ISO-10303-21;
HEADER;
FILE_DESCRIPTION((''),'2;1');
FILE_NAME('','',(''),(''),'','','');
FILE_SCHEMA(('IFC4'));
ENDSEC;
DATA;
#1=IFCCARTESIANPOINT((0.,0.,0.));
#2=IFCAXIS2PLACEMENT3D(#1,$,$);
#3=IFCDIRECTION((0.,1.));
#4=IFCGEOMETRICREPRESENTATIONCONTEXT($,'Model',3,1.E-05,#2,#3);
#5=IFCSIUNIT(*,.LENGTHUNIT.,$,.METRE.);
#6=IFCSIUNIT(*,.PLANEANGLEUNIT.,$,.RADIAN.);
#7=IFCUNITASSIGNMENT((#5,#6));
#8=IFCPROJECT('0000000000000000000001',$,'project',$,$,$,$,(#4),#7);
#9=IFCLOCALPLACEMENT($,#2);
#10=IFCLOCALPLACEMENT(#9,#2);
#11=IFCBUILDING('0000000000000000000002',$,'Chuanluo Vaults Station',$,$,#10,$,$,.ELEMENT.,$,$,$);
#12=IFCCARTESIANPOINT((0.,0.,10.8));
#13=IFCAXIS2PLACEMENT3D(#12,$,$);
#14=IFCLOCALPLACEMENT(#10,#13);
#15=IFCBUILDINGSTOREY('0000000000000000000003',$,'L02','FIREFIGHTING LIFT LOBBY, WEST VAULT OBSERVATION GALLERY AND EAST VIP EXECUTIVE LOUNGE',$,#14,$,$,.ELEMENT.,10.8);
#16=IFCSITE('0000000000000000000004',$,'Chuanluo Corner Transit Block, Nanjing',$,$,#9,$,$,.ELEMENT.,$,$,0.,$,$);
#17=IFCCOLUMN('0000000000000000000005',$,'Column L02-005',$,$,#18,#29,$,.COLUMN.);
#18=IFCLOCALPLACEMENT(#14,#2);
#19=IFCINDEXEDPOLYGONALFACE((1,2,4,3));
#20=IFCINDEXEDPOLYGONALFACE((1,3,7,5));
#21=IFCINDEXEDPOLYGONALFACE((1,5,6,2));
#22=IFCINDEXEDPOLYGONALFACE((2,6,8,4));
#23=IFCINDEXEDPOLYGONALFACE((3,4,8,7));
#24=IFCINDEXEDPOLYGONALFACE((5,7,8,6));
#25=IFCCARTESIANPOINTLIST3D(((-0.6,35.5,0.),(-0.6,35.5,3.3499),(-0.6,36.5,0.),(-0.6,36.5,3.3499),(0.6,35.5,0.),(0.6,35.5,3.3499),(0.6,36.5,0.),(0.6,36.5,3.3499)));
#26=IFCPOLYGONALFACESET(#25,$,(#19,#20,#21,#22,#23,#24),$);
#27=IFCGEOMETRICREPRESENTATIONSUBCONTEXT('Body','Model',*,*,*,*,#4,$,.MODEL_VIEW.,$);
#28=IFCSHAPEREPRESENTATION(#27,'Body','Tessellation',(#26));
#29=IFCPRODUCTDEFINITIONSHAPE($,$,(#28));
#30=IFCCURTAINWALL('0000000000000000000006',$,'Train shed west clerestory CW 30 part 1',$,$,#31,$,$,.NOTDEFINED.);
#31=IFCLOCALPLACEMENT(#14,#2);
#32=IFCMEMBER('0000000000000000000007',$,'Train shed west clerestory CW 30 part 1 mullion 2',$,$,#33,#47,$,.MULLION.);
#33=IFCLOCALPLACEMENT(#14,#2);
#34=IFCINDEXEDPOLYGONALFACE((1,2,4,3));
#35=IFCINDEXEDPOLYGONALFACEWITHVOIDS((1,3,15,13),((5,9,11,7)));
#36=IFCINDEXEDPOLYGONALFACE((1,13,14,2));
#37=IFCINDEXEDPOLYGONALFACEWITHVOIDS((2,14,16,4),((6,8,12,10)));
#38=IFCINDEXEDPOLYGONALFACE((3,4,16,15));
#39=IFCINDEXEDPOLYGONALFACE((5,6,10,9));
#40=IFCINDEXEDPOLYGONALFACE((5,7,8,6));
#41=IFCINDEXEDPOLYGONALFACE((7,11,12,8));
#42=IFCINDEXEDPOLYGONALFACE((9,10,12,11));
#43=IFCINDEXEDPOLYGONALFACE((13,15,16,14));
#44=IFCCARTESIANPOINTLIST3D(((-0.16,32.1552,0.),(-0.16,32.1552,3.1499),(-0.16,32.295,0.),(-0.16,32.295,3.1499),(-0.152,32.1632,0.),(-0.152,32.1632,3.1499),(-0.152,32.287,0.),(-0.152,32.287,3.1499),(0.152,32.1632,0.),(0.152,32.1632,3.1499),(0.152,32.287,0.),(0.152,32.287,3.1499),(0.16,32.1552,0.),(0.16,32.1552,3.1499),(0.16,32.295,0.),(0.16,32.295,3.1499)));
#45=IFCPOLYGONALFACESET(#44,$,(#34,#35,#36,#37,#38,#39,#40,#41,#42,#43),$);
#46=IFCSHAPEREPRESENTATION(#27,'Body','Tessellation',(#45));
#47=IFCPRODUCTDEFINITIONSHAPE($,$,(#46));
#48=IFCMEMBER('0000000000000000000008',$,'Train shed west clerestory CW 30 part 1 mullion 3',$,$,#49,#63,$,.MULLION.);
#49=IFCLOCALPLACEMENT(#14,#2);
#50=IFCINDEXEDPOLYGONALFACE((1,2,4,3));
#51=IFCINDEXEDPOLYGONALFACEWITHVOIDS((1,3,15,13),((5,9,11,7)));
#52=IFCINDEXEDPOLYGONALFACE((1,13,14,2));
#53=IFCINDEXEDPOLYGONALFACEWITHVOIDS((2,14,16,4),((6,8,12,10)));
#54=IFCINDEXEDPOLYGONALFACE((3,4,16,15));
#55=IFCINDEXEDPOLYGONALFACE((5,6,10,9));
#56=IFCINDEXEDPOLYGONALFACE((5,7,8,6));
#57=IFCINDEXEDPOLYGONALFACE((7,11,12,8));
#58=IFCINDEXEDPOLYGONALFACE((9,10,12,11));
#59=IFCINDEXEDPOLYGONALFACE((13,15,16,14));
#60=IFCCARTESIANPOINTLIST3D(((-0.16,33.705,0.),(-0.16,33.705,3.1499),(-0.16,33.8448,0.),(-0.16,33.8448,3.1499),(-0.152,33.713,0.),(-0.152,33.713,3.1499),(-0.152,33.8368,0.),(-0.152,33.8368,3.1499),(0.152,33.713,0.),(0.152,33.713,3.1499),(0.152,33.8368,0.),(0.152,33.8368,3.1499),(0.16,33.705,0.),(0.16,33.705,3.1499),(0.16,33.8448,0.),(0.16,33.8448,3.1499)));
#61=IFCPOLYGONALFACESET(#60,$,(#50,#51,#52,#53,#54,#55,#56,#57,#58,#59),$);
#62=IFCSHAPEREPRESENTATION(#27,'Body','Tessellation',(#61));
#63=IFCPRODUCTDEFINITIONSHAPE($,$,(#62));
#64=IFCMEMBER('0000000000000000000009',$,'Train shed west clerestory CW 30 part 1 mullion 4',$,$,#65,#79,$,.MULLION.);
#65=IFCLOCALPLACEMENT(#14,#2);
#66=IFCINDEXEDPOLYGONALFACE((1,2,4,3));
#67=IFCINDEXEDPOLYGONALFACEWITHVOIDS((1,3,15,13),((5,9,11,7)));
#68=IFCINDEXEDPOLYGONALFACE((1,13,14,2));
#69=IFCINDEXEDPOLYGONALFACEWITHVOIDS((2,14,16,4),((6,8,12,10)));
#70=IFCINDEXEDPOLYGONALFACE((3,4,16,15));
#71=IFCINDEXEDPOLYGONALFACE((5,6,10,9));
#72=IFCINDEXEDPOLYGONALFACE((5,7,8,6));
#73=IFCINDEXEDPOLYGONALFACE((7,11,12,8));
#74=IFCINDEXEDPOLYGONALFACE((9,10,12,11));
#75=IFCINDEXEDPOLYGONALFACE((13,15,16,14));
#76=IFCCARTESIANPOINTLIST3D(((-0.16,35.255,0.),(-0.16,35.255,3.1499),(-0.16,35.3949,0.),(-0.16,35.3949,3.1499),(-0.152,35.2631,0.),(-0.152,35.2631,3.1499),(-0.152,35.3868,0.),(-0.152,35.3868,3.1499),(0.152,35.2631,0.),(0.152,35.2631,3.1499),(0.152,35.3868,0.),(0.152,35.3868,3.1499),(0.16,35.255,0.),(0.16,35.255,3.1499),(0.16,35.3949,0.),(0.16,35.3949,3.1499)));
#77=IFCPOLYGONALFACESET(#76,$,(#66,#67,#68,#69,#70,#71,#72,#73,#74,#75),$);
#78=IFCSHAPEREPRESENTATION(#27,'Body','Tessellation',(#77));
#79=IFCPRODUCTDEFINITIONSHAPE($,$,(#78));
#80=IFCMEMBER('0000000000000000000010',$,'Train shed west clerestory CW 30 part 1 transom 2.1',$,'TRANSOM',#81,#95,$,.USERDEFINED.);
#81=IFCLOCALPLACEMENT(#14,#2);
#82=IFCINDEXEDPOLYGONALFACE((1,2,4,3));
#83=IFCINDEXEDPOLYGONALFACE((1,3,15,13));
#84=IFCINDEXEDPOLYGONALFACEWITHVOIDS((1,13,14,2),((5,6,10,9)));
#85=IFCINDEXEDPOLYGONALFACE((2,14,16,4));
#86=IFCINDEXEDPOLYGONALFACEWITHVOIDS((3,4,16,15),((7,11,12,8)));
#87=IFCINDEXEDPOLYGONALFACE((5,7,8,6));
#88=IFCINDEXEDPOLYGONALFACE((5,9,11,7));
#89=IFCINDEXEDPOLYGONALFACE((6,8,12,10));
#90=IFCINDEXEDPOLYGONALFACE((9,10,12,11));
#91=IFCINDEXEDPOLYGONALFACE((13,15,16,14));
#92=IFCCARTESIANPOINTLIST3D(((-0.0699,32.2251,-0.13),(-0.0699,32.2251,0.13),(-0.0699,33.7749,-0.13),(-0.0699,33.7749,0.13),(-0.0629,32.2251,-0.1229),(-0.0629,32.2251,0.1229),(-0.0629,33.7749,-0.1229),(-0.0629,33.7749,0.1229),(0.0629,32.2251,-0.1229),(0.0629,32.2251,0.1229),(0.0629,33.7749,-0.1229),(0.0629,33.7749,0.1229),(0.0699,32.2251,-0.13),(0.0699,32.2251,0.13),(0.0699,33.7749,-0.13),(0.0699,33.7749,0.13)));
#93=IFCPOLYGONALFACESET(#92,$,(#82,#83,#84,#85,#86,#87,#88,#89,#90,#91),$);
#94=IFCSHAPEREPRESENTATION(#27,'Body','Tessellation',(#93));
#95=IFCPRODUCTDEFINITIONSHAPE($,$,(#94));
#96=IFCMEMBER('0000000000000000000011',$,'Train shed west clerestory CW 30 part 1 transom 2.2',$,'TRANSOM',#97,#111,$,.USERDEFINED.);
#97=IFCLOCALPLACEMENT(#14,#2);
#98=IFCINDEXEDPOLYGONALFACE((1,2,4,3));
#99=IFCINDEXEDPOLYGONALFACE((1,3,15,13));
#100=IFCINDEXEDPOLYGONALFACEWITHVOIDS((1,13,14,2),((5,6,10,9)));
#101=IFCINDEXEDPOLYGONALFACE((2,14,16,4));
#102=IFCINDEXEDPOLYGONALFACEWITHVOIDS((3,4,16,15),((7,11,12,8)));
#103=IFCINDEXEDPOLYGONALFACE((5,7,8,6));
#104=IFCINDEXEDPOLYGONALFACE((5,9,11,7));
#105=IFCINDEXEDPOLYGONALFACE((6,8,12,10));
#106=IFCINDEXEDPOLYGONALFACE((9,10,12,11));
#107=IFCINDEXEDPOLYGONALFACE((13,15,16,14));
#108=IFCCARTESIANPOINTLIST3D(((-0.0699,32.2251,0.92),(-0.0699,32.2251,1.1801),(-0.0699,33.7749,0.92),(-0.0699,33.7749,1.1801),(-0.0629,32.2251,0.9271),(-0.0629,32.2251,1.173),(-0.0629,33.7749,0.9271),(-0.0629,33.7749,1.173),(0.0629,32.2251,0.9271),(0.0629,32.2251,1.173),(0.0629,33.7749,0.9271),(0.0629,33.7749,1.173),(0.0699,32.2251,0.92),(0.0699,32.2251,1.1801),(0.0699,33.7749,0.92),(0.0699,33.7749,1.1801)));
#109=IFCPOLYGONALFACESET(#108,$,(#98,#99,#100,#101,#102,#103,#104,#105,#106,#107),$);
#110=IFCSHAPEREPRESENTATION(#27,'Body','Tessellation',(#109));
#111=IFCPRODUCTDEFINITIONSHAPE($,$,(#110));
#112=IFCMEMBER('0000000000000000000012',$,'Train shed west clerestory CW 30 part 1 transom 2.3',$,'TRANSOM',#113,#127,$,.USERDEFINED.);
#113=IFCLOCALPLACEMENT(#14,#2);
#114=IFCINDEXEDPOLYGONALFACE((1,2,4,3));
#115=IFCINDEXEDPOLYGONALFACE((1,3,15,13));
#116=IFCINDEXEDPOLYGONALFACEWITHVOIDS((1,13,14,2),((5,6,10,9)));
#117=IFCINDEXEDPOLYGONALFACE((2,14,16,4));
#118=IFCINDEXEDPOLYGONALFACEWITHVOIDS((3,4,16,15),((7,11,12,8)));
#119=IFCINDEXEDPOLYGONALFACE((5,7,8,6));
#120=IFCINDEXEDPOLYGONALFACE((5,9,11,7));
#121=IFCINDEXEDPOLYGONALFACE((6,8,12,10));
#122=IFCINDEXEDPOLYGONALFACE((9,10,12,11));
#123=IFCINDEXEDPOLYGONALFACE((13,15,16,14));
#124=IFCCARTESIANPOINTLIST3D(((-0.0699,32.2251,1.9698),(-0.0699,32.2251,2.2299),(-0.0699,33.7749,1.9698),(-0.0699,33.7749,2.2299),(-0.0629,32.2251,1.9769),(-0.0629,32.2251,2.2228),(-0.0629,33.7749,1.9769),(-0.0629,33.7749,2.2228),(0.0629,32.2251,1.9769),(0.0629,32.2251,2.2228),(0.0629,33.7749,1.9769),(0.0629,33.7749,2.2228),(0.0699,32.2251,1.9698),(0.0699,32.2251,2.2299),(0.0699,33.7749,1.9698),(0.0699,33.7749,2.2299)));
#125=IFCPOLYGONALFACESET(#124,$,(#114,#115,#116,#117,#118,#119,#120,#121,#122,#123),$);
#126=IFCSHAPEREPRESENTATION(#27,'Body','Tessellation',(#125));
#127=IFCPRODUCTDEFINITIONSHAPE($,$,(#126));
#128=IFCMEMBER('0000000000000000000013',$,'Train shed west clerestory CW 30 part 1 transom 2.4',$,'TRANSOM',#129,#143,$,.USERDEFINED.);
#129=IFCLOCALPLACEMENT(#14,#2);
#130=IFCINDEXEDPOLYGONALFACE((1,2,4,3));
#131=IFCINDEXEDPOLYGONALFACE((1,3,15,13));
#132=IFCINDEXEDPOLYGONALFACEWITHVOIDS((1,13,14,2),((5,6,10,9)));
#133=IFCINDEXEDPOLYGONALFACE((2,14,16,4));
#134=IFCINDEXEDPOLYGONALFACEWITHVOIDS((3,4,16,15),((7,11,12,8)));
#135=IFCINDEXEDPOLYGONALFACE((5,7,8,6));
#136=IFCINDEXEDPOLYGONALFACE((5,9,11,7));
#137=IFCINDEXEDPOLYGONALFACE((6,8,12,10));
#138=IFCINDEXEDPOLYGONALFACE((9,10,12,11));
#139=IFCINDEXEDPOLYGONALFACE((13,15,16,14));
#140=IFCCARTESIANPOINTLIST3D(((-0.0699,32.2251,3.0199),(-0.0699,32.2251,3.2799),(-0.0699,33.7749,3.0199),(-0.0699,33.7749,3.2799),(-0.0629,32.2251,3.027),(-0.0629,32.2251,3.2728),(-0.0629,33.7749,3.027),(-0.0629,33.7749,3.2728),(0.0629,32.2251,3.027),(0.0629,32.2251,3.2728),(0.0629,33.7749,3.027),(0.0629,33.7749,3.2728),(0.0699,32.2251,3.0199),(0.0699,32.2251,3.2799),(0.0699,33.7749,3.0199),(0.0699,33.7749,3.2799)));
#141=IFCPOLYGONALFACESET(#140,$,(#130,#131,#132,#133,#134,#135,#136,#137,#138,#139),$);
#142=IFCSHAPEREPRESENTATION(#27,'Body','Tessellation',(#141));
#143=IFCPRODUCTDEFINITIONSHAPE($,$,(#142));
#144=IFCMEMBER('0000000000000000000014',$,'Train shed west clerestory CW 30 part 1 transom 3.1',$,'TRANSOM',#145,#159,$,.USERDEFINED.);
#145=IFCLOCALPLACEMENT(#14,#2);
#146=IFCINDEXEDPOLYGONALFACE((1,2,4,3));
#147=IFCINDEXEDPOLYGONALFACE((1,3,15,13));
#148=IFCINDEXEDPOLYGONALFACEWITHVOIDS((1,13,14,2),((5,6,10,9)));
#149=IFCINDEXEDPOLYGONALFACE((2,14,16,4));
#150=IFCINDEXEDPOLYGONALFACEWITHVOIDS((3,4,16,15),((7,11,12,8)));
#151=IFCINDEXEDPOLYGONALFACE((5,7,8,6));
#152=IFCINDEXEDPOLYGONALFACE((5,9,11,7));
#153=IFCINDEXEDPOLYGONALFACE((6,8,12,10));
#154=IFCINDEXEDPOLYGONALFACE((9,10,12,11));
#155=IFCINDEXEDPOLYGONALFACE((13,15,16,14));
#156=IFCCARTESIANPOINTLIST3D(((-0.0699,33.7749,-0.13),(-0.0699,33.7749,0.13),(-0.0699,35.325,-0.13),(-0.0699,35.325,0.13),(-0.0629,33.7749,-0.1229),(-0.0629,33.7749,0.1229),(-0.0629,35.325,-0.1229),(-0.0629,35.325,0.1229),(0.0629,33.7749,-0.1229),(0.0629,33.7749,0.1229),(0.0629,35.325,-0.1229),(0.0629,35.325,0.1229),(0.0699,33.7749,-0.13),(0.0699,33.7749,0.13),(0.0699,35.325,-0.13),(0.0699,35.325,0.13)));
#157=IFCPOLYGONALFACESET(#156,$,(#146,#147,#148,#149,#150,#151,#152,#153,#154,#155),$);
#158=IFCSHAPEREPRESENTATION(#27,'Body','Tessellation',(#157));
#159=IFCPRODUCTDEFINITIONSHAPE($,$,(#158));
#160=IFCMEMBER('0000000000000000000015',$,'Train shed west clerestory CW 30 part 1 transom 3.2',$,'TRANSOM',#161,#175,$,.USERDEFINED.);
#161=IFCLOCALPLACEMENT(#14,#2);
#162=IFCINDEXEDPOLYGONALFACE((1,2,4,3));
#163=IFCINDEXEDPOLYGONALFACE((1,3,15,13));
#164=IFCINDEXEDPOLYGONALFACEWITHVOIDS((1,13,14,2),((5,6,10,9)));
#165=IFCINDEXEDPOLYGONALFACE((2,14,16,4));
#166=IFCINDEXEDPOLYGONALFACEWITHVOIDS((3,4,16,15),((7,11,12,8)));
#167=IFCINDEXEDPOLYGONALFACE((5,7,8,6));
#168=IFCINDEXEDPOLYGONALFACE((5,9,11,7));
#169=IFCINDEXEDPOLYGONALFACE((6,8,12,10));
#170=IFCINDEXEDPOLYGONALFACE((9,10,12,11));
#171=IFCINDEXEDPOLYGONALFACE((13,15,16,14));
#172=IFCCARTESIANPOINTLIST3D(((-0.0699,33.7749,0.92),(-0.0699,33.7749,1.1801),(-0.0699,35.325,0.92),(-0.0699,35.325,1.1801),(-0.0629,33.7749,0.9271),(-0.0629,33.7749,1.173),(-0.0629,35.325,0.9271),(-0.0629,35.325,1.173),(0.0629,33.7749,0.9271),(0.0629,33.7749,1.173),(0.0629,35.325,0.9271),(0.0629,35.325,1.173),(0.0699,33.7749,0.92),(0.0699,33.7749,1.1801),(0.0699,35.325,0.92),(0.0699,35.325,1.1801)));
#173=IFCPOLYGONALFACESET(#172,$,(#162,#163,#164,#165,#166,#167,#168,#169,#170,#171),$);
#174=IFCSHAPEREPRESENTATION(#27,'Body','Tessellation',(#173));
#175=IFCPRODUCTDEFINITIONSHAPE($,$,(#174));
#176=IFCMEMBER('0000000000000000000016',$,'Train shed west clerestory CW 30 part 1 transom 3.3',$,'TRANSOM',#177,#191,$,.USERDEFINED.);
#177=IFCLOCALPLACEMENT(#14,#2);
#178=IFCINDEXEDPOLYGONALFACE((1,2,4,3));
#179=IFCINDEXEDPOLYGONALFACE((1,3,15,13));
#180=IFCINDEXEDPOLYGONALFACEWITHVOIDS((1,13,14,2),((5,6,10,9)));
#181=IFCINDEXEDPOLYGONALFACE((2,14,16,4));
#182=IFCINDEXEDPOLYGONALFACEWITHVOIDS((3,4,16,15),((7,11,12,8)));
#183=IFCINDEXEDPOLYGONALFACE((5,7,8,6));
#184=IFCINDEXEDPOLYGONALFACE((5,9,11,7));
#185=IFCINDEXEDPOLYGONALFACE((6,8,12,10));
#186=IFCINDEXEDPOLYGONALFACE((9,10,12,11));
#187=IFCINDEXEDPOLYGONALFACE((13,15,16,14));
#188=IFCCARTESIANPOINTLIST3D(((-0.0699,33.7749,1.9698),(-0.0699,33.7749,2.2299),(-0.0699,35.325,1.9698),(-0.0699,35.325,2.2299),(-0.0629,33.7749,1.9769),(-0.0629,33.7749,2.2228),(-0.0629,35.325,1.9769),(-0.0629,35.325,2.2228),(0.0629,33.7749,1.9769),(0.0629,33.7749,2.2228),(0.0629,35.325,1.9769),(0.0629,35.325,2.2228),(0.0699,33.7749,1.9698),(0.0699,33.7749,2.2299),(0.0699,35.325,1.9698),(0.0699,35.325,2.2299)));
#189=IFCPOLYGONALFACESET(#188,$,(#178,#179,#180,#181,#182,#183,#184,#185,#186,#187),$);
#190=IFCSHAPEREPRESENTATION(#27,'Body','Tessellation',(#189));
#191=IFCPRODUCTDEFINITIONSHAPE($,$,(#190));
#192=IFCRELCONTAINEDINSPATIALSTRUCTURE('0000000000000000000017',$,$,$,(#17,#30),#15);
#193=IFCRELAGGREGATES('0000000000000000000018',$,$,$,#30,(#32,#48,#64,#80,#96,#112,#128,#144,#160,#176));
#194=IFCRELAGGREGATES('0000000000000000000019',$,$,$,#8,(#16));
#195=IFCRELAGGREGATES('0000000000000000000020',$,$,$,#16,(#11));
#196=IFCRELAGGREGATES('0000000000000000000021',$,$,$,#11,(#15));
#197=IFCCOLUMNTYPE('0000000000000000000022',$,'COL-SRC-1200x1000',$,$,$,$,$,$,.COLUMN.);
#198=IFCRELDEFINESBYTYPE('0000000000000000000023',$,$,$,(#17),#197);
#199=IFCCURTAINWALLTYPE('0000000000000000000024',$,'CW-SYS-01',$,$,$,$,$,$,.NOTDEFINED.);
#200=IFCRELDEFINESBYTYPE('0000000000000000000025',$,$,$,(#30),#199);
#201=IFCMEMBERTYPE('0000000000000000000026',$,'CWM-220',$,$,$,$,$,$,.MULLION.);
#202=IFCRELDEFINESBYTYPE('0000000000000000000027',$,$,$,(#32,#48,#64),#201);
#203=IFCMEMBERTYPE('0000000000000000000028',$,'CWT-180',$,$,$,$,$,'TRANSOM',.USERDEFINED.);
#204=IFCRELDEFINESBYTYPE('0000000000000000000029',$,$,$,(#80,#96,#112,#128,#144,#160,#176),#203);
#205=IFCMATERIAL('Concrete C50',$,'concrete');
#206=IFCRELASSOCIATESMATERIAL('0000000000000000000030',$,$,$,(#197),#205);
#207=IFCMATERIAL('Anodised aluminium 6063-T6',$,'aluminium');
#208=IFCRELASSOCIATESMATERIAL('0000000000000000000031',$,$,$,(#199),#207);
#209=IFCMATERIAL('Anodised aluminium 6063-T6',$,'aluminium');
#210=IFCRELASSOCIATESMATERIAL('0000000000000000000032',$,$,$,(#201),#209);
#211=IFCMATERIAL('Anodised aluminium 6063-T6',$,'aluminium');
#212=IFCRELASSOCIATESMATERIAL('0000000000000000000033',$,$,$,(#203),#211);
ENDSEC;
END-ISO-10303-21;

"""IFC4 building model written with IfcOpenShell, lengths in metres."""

from ifc_helpers import new_model, si_unit, direction, frame, origin, origin_2d, place, context, subcontext, project, spatial, rectangle, hollow_rectangle, extrude, material, material_profile, profile_set, type_object, element, aggregate, save


model = new_model("IFC4")

# Units and contexts
model_context = context("Model", 3, precision=1e-05, world=origin(), true_north=direction((0.0, 1.0)))
body_context = subcontext(model_context, "Body", "Model", "MODEL_VIEW")
ifc_project = project(units=[si_unit("LENGTHUNIT", "METRE"), si_unit("PLANEANGLEUNIT", "RADIAN")], contexts=[model_context])

# Site, building, storey
site_placement = place(None, origin())
site = spatial("IfcSite", under=ifc_project, at=site_placement, Name="Chuanluo Corner Transit Block, Nanjing", CompositionType="ELEMENT", RefElevation=0.0)
building_placement = place(site_placement, origin())
building = spatial("IfcBuilding", under=site, at=building_placement, Name="Chuanluo Vaults Station", CompositionType="ELEMENT")
storey_placement = place(building_placement, frame((0.0, 0.0, 10.8)))
storey = spatial("IfcBuildingStorey", under=building, at=storey_placement, Name="L02", Description="FIREFIGHTING LIFT LOBBY, WEST VAULT OBSERVATION GALLERY AND EAST VIP EXECUTIVE LOUNGE", CompositionType="ELEMENT", Elevation=10.8)

# Column
ifc_material_1 = material(Name="Concrete C50", Category="concrete")
ifc_material_profile_1 = material_profile(ifc_material_1, rectangle(XDim=1.2, YDim=1.0, at=origin_2d()))
ifc_profile_set_1 = profile_set([ifc_material_profile_1], Name="Concrete C50")
column_type = type_object("IfcColumnType", Name="COL-SRC-1200x1000", PredefinedType="COLUMN", material=ifc_profile_set_1)
column_placement = place(storey_placement, frame((0.0, 36.0, 0.0), z_axis=(0.0, 0.0, 1.0), x_axis=(1.0, 0.0, 0.0)))
element("IfcColumn", 1, at=column_placement, inside=storey, type_object=column_type, Name="Column L02-005", PredefinedType="COLUMN", context=body_context, shape_type="SweptSolid", body=[
    extrude(rectangle(XDim=1.2, YDim=1.0, at=origin_2d()), origin(), (0.0, 0.0, 1.0), 3.3499),
])

# Curtain wall, members
ifc_material_2 = material(Name="Anodised aluminium 6063-T6", Category="aluminium")
curtain_wall_type = type_object("IfcCurtainWallType", Name="CW-SYS-01", PredefinedType="NOTDEFINED", material=ifc_material_2)
curtain_wall_placement = place(storey_placement, origin())
curtain_wall = element("IfcCurtainWall", 2, at=curtain_wall_placement, inside=storey, type_object=curtain_wall_type, Name="Train shed west clerestory CW 30 part 1", PredefinedType="NOTDEFINED")
ifc_material_3 = material(Name="Anodised aluminium 6063-T6", Category="aluminium")
ifc_material_profile_2 = material_profile(ifc_material_3, hollow_rectangle(XDim=0.1399, YDim=0.3201, WallThickness=0.0081, at=origin_2d()))
ifc_profile_set_2 = profile_set([ifc_material_profile_2], Name="Anodised aluminium 6063-T6")
member_type_1 = type_object("IfcMemberType", Name="CWM-220", PredefinedType="MULLION", material=ifc_profile_set_2)
member_1_placement = place(storey_placement, frame((0.0, 32.2251, 0.0), z_axis=(0.0, 0.0, 1.0), x_axis=(0.0, 1.0, 0.0)))
member_1 = element("IfcMember", 3, at=member_1_placement, type_object=member_type_1, Name="Train shed west clerestory CW 30 part 1 mullion 2", PredefinedType="MULLION", context=body_context, shape_type="SweptSolid", body=[
    extrude(hollow_rectangle(XDim=0.1399, YDim=0.3201, WallThickness=0.0081, at=origin_2d()), origin(), (0.0, 0.0, 1.0), 3.1499),
])
member_2_placement = place(storey_placement, frame((0.0, 33.7749, 0.0), z_axis=(0.0, 0.0, 1.0), x_axis=(0.0, 1.0, 0.0)))
member_2 = element("IfcMember", 4, at=member_2_placement, type_object=member_type_1, Name="Train shed west clerestory CW 30 part 1 mullion 3", PredefinedType="MULLION", context=body_context, shape_type="SweptSolid", body=[
    extrude(hollow_rectangle(XDim=0.1399, YDim=0.3201, WallThickness=0.0081, at=origin_2d()), origin(), (0.0, 0.0, 1.0), 3.1499),
])
member_3_placement = place(storey_placement, frame((0.0, 35.325, 0.0), z_axis=(0.0, 0.0, 1.0), x_axis=(0.0, 1.0, 0.0)))
member_3 = element("IfcMember", 5, at=member_3_placement, type_object=member_type_1, Name="Train shed west clerestory CW 30 part 1 mullion 4", PredefinedType="MULLION", context=body_context, shape_type="SweptSolid", body=[
    extrude(hollow_rectangle(XDim=0.1399, YDim=0.3201, WallThickness=0.0081, at=origin_2d()), origin(), (0.0, 0.0, 1.0), 3.1499),
])
ifc_material_4 = material(Name="Anodised aluminium 6063-T6", Category="aluminium")
ifc_material_profile_3 = material_profile(ifc_material_4, hollow_rectangle(XDim=0.1399, YDim=0.26, WallThickness=0.0071, at=origin_2d()))
ifc_profile_set_3 = profile_set([ifc_material_profile_3], Name="Anodised aluminium 6063-T6")
member_type_2 = type_object("IfcMemberType", Name="CWT-180", ElementType="TRANSOM", PredefinedType="USERDEFINED", material=ifc_profile_set_3)
member_4_placement = place(storey_placement, frame((0.0, 32.2251, 0.0), z_axis=(0.0, 1.0, 0.0), x_axis=(-1.0, 0.0, 0.0)))
member_4 = element("IfcMember", 6, at=member_4_placement, type_object=member_type_2, Name="Train shed west clerestory CW 30 part 1 transom 2.1", ObjectType="TRANSOM", PredefinedType="USERDEFINED", context=body_context, shape_type="SweptSolid", body=[
    extrude(hollow_rectangle(XDim=0.1399, YDim=0.26, WallThickness=0.0071, at=origin_2d()), origin(), (0.0, 0.0, 1.0), 1.5498),
])
member_5_placement = place(storey_placement, frame((0.0, 32.2251, 1.05), z_axis=(0.0, 1.0, 0.0), x_axis=(-1.0, 0.0, 0.0)))
member_5 = element("IfcMember", 7, at=member_5_placement, type_object=member_type_2, Name="Train shed west clerestory CW 30 part 1 transom 2.2", ObjectType="TRANSOM", PredefinedType="USERDEFINED", context=body_context, shape_type="SweptSolid", body=[
    extrude(hollow_rectangle(XDim=0.1399, YDim=0.26, WallThickness=0.0071, at=origin_2d()), origin(), (0.0, 0.0, 1.0), 1.5498),
])
member_6_placement = place(storey_placement, frame((0.0, 32.2251, 2.0999), z_axis=(0.0, 1.0, 0.0), x_axis=(-1.0, 0.0, 0.0)))
member_6 = element("IfcMember", 8, at=member_6_placement, type_object=member_type_2, Name="Train shed west clerestory CW 30 part 1 transom 2.3", ObjectType="TRANSOM", PredefinedType="USERDEFINED", context=body_context, shape_type="SweptSolid", body=[
    extrude(hollow_rectangle(XDim=0.1399, YDim=0.26, WallThickness=0.0071, at=origin_2d()), origin(), (0.0, 0.0, 1.0), 1.5498),
])
member_7_placement = place(storey_placement, frame((0.0, 32.2251, 3.1499), z_axis=(0.0, 1.0, 0.0), x_axis=(-1.0, 0.0, 0.0)))
member_7 = element("IfcMember", 9, at=member_7_placement, type_object=member_type_2, Name="Train shed west clerestory CW 30 part 1 transom 2.4", ObjectType="TRANSOM", PredefinedType="USERDEFINED", context=body_context, shape_type="SweptSolid", body=[
    extrude(hollow_rectangle(XDim=0.1399, YDim=0.26, WallThickness=0.0071, at=origin_2d()), origin(), (0.0, 0.0, 1.0), 1.5498),
])
member_8_placement = place(storey_placement, frame((0.0, 33.7749, 0.0), z_axis=(0.0, 1.0, 0.0), x_axis=(-1.0, 0.0, 0.0)))
member_8 = element("IfcMember", 10, at=member_8_placement, type_object=member_type_2, Name="Train shed west clerestory CW 30 part 1 transom 3.1", ObjectType="TRANSOM", PredefinedType="USERDEFINED", context=body_context, shape_type="SweptSolid", body=[
    extrude(hollow_rectangle(XDim=0.1399, YDim=0.26, WallThickness=0.0071, at=origin_2d()), origin(), (0.0, 0.0, 1.0), 1.55),
])
member_9_placement = place(storey_placement, frame((0.0, 33.7749, 1.05), z_axis=(0.0, 1.0, 0.0), x_axis=(-1.0, 0.0, 0.0)))
member_9 = element("IfcMember", 11, at=member_9_placement, type_object=member_type_2, Name="Train shed west clerestory CW 30 part 1 transom 3.2", ObjectType="TRANSOM", PredefinedType="USERDEFINED", context=body_context, shape_type="SweptSolid", body=[
    extrude(hollow_rectangle(XDim=0.1399, YDim=0.26, WallThickness=0.0071, at=origin_2d()), origin(), (0.0, 0.0, 1.0), 1.55),
])
member_10_placement = place(storey_placement, frame((0.0, 33.7749, 2.0999), z_axis=(0.0, 1.0, 0.0), x_axis=(-1.0, 0.0, 0.0)))
member_10 = element("IfcMember", 12, at=member_10_placement, type_object=member_type_2, Name="Train shed west clerestory CW 30 part 1 transom 3.3", ObjectType="TRANSOM", PredefinedType="USERDEFINED", context=body_context, shape_type="SweptSolid", body=[
    extrude(hollow_rectangle(XDim=0.1399, YDim=0.26, WallThickness=0.0071, at=origin_2d()), origin(), (0.0, 0.0, 1.0), 1.55),
])
aggregate(curtain_wall, [member_1, member_2, member_3, member_4, member_5, member_6, member_7, member_8, member_9, member_10])

save(model, "model.ifc")
